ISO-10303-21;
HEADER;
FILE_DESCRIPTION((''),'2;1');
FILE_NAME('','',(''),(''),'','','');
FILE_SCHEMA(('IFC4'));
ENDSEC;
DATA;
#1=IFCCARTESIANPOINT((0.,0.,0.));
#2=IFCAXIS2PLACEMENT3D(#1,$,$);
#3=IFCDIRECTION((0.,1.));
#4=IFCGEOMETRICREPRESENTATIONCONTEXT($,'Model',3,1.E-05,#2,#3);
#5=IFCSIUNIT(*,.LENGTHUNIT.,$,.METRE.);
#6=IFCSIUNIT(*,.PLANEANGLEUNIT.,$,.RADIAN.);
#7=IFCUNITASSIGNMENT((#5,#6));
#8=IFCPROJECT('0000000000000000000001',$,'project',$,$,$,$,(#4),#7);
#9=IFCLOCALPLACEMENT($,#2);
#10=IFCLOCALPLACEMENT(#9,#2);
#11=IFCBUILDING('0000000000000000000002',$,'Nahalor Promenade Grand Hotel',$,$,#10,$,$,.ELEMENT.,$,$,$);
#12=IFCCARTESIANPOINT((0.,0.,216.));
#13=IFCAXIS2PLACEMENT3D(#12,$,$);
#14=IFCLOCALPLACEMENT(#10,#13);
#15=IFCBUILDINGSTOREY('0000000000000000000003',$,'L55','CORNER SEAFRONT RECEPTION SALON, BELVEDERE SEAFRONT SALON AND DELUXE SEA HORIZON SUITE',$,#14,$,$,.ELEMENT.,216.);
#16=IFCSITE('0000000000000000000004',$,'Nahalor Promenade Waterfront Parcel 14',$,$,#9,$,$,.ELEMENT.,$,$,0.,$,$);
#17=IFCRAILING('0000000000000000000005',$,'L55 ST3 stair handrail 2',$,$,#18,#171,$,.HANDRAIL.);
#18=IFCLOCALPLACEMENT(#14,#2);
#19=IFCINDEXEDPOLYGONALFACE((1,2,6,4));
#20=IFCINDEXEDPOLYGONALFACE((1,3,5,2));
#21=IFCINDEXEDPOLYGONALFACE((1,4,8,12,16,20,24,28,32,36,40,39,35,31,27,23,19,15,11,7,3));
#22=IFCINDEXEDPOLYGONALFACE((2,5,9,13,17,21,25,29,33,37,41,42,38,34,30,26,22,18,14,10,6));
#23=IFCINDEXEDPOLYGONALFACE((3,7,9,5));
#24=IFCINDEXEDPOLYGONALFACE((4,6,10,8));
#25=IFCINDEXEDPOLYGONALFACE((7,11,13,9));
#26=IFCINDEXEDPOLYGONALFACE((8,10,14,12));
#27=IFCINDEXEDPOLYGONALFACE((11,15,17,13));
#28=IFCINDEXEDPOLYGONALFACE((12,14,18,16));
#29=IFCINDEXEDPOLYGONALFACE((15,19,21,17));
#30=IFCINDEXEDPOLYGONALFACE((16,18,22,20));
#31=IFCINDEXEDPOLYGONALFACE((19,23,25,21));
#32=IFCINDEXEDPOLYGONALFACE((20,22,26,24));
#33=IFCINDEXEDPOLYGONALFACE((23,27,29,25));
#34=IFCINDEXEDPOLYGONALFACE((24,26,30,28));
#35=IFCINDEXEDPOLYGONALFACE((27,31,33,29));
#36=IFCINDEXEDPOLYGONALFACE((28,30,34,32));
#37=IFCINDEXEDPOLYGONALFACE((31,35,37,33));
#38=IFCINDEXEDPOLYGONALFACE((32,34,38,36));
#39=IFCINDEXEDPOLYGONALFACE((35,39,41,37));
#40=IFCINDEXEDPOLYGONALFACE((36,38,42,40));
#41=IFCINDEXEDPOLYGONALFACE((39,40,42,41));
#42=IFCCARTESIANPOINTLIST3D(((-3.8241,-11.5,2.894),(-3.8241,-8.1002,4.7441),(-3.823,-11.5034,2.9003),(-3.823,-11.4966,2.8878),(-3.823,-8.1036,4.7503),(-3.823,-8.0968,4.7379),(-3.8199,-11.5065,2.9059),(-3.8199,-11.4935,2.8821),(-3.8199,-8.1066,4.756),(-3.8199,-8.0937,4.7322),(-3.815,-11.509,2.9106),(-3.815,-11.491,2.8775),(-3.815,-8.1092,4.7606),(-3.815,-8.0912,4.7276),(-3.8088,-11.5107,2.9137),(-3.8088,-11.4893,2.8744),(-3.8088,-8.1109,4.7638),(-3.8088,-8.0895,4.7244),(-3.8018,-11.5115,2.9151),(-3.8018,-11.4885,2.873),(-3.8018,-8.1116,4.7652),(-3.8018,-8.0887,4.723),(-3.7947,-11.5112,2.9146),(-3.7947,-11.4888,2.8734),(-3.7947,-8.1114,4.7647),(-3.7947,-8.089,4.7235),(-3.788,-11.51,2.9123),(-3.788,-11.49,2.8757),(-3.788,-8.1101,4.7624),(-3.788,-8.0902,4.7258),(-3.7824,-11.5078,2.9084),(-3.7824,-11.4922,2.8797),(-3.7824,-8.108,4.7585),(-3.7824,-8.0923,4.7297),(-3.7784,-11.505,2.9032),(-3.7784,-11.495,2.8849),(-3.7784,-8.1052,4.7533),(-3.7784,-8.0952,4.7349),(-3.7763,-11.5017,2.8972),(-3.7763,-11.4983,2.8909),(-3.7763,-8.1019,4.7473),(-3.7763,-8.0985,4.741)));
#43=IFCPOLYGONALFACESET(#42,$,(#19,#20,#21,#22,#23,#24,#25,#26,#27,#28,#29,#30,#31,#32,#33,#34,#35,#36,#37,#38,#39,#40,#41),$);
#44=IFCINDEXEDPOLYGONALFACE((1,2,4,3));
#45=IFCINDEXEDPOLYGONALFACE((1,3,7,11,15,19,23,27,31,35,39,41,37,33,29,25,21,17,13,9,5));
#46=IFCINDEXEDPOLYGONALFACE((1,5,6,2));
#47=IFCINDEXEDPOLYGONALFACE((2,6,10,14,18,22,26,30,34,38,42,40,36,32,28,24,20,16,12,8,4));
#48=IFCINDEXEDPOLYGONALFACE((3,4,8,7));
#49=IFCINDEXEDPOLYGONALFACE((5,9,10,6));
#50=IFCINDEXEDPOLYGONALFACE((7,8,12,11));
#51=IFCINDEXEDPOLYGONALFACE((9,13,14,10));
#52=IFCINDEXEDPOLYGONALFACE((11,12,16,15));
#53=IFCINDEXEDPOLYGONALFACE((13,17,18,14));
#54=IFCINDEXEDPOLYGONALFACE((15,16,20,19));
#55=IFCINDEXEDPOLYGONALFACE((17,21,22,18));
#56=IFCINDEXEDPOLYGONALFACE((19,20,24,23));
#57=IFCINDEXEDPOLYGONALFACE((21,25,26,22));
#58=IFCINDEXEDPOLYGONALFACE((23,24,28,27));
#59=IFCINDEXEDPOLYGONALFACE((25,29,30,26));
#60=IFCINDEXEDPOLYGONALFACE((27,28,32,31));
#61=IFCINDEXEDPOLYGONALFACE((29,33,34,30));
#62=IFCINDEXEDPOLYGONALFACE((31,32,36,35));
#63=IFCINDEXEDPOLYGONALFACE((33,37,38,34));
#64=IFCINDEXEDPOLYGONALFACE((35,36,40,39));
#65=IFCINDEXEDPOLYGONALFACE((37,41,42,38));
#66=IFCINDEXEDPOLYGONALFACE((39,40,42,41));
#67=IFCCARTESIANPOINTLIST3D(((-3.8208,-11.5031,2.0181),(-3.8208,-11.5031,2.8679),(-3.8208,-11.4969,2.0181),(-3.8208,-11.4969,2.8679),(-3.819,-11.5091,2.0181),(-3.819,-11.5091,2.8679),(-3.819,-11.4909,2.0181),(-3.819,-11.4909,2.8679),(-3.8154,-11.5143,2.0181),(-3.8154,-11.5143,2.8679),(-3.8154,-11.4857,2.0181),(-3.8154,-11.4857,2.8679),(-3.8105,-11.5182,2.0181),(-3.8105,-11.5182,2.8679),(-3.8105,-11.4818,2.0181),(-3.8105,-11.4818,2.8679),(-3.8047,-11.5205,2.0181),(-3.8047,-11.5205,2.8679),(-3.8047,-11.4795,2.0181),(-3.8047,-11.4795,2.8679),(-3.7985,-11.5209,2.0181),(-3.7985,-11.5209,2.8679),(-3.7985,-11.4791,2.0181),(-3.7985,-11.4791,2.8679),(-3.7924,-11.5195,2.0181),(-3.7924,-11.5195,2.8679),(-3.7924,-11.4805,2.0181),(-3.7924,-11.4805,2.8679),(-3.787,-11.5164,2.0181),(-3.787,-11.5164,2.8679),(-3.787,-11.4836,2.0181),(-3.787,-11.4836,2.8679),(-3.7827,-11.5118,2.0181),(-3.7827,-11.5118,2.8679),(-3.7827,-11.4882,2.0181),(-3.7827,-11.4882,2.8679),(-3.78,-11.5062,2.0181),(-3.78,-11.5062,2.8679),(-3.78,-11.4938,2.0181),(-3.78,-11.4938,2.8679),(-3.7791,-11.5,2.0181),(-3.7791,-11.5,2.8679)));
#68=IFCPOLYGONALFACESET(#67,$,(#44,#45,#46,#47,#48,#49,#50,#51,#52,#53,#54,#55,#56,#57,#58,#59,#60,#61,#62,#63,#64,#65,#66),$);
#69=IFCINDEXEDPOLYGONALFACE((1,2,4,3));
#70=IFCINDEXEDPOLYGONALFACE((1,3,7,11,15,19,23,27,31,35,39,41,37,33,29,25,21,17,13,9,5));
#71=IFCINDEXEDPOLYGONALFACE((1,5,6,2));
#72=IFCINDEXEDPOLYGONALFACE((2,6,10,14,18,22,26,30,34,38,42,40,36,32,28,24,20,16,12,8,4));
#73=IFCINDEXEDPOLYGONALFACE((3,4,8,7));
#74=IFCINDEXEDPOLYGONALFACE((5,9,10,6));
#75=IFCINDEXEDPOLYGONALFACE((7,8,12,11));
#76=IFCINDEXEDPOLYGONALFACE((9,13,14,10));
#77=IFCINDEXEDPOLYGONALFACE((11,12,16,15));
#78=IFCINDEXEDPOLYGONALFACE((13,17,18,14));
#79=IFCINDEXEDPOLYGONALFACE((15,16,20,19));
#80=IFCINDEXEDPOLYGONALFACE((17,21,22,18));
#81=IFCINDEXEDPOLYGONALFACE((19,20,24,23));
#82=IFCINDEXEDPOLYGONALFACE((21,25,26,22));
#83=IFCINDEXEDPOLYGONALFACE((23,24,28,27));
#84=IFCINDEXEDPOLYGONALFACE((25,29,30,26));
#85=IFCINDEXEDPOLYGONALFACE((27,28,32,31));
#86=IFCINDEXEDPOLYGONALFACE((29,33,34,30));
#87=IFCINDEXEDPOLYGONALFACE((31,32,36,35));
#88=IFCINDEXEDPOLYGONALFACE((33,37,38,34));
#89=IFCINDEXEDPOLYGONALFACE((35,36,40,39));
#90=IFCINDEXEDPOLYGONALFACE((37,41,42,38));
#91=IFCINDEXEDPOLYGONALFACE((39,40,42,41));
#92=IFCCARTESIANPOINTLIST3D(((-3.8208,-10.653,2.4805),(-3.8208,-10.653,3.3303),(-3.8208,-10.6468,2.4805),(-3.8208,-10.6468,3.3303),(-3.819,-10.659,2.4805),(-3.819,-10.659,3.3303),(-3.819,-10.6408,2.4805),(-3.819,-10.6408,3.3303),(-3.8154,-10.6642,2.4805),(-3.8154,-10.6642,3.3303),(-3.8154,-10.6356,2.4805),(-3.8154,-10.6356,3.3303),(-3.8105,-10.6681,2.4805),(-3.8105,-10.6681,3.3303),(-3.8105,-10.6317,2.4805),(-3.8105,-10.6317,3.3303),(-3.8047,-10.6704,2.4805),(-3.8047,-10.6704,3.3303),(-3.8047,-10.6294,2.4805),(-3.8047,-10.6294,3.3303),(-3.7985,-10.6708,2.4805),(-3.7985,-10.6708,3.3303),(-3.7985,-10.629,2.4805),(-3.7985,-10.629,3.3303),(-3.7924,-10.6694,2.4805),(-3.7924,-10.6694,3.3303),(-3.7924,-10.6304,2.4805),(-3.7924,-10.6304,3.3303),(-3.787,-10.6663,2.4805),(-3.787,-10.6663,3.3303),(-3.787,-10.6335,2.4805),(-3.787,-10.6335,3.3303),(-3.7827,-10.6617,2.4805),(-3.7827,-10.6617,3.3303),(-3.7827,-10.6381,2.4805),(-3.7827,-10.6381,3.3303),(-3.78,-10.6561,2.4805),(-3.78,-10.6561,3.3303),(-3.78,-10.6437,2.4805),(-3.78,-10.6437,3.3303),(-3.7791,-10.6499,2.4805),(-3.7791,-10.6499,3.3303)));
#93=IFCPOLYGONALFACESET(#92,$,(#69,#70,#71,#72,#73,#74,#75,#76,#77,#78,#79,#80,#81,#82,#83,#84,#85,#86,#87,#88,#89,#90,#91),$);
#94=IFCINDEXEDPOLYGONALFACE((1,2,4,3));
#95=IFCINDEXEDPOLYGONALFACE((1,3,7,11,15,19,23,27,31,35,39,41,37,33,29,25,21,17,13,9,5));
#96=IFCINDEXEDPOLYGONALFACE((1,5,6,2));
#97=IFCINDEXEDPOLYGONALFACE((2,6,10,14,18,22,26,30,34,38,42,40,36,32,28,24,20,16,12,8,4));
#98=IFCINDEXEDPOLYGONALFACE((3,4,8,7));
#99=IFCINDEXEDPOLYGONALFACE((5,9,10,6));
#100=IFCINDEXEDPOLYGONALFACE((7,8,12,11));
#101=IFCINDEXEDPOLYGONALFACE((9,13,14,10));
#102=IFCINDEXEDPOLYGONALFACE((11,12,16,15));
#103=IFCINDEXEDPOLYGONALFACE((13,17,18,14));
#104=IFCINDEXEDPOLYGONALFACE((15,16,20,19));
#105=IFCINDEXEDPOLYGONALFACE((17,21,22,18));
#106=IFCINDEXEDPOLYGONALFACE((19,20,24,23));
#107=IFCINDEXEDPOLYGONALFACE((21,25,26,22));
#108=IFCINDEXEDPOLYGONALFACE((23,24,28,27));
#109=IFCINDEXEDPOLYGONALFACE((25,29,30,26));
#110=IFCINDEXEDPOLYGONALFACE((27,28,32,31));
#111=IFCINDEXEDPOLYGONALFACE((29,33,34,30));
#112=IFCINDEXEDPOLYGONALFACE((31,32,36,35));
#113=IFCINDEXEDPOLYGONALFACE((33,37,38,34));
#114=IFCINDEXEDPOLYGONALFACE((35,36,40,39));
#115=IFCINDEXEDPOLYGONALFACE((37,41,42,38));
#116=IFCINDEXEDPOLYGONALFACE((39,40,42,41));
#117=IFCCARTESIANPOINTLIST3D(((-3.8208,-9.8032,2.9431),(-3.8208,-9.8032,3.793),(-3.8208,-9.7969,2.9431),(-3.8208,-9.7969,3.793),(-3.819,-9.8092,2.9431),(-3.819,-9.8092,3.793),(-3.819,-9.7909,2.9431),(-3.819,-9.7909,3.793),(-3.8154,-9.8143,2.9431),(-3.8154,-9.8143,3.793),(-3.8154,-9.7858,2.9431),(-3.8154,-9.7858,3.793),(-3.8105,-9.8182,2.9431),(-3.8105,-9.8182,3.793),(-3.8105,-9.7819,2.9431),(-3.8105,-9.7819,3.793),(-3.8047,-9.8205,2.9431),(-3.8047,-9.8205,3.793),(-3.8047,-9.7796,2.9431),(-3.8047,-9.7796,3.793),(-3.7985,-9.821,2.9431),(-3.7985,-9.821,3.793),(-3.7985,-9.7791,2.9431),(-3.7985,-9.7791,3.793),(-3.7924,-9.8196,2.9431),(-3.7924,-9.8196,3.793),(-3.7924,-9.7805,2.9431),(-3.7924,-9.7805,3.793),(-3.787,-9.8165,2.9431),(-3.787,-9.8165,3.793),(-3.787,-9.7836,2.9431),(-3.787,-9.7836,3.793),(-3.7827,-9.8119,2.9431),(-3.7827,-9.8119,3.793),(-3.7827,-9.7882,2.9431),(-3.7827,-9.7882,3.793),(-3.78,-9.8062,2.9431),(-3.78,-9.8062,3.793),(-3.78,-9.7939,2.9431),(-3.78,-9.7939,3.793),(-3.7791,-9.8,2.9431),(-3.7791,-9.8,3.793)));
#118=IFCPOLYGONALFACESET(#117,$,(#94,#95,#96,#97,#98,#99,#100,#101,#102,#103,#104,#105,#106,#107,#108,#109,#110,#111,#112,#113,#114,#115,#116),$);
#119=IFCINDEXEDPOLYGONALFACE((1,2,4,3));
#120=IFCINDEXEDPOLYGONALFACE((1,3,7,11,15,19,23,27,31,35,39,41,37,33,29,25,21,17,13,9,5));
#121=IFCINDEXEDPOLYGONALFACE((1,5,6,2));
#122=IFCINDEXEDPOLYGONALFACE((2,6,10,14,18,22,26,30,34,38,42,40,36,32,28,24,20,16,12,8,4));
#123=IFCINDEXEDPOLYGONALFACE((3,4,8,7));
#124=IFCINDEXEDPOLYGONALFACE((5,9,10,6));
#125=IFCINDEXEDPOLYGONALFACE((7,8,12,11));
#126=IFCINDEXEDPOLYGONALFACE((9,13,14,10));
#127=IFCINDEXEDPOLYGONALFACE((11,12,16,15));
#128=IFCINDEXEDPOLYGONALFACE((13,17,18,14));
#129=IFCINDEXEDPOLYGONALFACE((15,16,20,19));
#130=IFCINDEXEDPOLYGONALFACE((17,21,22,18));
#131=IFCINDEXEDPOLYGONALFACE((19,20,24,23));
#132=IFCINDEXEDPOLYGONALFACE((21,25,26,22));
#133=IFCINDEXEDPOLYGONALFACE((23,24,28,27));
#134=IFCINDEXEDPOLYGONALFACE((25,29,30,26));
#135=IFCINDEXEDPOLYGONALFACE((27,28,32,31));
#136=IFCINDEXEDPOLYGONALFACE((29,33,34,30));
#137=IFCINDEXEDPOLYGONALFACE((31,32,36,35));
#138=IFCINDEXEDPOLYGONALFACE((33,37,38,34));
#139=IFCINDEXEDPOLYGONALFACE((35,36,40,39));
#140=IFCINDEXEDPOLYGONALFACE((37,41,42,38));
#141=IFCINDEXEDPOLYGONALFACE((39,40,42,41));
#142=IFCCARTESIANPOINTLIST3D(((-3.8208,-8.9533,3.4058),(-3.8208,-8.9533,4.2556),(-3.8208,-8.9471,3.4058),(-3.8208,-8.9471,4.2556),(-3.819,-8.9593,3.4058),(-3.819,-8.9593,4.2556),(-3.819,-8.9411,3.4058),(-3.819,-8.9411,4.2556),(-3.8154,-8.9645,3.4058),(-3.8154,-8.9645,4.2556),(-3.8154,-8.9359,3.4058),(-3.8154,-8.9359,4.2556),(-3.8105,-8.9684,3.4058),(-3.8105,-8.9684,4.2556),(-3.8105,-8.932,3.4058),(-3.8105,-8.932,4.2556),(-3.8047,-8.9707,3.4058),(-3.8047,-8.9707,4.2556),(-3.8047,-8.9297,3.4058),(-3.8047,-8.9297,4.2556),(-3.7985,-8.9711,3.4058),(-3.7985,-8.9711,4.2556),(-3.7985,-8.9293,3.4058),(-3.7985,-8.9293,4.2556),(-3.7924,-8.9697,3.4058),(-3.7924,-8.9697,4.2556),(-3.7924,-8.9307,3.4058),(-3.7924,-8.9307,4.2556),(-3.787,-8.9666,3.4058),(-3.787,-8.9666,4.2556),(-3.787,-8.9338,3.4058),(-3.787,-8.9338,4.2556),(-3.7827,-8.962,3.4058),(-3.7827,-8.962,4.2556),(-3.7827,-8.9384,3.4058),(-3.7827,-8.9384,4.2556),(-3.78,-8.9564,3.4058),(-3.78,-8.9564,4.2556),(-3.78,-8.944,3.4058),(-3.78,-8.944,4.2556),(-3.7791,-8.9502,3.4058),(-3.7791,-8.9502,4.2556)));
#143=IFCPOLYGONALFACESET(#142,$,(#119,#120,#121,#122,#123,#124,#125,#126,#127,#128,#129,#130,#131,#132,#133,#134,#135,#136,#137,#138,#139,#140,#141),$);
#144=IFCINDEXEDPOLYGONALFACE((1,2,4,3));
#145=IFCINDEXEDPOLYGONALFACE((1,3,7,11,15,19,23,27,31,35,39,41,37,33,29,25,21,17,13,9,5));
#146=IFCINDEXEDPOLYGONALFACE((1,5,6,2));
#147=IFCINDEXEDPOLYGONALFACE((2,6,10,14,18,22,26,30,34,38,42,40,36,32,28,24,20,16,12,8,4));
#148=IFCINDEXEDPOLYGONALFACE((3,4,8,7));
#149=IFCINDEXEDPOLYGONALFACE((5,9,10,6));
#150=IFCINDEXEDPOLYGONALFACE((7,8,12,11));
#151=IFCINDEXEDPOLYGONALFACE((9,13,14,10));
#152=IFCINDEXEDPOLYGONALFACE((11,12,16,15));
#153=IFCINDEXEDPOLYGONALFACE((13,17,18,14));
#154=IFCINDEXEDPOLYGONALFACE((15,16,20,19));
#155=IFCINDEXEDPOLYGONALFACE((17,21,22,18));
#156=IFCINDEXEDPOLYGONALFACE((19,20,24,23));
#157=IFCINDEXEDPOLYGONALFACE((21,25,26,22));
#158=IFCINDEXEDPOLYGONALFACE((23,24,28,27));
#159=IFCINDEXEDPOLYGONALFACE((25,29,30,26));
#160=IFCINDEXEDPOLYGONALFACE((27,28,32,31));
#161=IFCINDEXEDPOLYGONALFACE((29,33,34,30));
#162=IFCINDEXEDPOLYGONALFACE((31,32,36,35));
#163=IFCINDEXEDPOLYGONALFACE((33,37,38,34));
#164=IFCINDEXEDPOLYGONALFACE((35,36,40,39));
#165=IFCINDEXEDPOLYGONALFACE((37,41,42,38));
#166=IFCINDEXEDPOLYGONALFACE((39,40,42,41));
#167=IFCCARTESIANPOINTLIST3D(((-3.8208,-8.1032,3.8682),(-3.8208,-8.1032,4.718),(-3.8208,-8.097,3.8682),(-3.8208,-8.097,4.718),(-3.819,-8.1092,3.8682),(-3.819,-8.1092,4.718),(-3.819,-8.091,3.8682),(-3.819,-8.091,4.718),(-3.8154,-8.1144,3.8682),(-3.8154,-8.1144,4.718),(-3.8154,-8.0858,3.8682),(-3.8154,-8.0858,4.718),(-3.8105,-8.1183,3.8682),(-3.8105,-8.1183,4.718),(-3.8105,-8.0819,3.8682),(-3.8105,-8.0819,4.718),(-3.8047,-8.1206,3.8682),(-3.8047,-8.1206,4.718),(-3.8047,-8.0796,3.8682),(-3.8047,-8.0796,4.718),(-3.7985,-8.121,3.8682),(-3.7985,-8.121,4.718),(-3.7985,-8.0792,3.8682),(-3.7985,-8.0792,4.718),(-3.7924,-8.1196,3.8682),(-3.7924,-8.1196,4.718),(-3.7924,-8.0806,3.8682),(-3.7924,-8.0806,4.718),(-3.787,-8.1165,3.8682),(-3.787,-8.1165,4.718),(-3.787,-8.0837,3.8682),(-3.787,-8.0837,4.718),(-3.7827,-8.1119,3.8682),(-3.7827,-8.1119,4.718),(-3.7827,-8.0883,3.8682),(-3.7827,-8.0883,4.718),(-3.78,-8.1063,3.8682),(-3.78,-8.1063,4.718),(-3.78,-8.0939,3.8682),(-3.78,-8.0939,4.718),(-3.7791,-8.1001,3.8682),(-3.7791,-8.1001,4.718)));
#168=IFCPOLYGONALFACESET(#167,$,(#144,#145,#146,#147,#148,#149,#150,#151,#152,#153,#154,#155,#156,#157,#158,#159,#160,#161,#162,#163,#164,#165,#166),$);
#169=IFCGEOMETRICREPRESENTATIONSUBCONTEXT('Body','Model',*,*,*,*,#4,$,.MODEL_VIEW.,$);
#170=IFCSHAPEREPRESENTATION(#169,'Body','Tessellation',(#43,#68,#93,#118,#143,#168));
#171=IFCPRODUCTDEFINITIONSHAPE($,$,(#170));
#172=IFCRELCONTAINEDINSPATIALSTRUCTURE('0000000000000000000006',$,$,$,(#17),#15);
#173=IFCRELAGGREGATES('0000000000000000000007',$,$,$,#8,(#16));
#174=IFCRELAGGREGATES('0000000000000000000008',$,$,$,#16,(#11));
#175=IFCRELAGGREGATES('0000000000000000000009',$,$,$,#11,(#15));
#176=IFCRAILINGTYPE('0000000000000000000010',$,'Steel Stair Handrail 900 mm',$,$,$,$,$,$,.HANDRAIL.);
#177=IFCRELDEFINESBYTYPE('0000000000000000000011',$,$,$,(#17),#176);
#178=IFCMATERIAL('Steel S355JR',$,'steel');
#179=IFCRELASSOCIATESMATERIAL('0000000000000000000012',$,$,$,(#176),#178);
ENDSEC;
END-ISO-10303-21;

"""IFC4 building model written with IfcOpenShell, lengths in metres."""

from ifc_helpers import new_model, si_unit, direction, frame, origin, origin_2d, place, context, subcontext, project, spatial, circle, extrude, material, type_object, element, save


model = new_model("IFC4")

# Units and contexts
model_context = context("Model", 3, precision=1e-05, world=origin(), true_north=direction((0.0, 1.0)))
body_context = subcontext(model_context, "Body", "Model", "MODEL_VIEW")
ifc_project = project(units=[si_unit("LENGTHUNIT", "METRE"), si_unit("PLANEANGLEUNIT", "RADIAN")], contexts=[model_context])

# Site, building, storey
site_placement = place(None, origin())
site = spatial("IfcSite", under=ifc_project, at=site_placement, Name="Nahalor Promenade Waterfront Parcel 14", CompositionType="ELEMENT", RefElevation=0.0)
building_placement = place(site_placement, origin())
building = spatial("IfcBuilding", under=site, at=building_placement, Name="Nahalor Promenade Grand Hotel", CompositionType="ELEMENT")
storey_placement = place(building_placement, frame((0.0, 0.0, 216.0)))
storey = spatial("IfcBuildingStorey", under=building, at=storey_placement, Name="L55", Description="CORNER SEAFRONT RECEPTION SALON, BELVEDERE SEAFRONT SALON AND DELUXE SEA HORIZON SUITE", CompositionType="ELEMENT", Elevation=216.0)

# Shared definitions
ifc_material_1 = material(Name="Steel S355JR", Category="steel")

# Railing
railing_type_1 = type_object("IfcRailingType", Name="Steel Stair Handrail 900 mm", PredefinedType="HANDRAIL", material=ifc_material_1)
railing_1_placement = place(storey_placement, frame((-3.8, -11.5, 2.0181)))
element("IfcRailing", 1, at=railing_1_placement, inside=storey, type_object=railing_type_1, Name="L55 ST3 stair handrail 2", PredefinedType="HANDRAIL", context=body_context, shape_type="SweptSolid", body=[
    extrude(circle(Radius=0.024, at=origin_2d()), frame((0.0, 0.0, 0.876), z_axis=(0.0, 0.878372, 0.477977), x_axis=(-1.0, 0.0, 0.0)), (0.0, 0.0, 1.0), 3.8706),
    extrude(circle(Radius=0.021, at=origin_2d()), origin(), (0.0, 0.0, 1.0), 0.8499),
    extrude(circle(Radius=0.021, at=origin_2d()), frame((0.0, 0.8501, 0.4624)), (0.0, 0.0, 1.0), 0.8499),
    extrude(circle(Radius=0.021, at=origin_2d()), frame((0.0, 1.7, 0.925)), (0.0, 0.0, 1.0), 0.8499),
    extrude(circle(Radius=0.021, at=origin_2d()), frame((0.0, 2.5498, 1.3877)), (0.0, 0.0, 1.0), 0.8499),
    extrude(circle(Radius=0.021, at=origin_2d()), frame((0.0, 3.3999, 1.8501)), (0.0, 0.0, 1.0), 0.8499),
])

save(model, "model.ifc")
